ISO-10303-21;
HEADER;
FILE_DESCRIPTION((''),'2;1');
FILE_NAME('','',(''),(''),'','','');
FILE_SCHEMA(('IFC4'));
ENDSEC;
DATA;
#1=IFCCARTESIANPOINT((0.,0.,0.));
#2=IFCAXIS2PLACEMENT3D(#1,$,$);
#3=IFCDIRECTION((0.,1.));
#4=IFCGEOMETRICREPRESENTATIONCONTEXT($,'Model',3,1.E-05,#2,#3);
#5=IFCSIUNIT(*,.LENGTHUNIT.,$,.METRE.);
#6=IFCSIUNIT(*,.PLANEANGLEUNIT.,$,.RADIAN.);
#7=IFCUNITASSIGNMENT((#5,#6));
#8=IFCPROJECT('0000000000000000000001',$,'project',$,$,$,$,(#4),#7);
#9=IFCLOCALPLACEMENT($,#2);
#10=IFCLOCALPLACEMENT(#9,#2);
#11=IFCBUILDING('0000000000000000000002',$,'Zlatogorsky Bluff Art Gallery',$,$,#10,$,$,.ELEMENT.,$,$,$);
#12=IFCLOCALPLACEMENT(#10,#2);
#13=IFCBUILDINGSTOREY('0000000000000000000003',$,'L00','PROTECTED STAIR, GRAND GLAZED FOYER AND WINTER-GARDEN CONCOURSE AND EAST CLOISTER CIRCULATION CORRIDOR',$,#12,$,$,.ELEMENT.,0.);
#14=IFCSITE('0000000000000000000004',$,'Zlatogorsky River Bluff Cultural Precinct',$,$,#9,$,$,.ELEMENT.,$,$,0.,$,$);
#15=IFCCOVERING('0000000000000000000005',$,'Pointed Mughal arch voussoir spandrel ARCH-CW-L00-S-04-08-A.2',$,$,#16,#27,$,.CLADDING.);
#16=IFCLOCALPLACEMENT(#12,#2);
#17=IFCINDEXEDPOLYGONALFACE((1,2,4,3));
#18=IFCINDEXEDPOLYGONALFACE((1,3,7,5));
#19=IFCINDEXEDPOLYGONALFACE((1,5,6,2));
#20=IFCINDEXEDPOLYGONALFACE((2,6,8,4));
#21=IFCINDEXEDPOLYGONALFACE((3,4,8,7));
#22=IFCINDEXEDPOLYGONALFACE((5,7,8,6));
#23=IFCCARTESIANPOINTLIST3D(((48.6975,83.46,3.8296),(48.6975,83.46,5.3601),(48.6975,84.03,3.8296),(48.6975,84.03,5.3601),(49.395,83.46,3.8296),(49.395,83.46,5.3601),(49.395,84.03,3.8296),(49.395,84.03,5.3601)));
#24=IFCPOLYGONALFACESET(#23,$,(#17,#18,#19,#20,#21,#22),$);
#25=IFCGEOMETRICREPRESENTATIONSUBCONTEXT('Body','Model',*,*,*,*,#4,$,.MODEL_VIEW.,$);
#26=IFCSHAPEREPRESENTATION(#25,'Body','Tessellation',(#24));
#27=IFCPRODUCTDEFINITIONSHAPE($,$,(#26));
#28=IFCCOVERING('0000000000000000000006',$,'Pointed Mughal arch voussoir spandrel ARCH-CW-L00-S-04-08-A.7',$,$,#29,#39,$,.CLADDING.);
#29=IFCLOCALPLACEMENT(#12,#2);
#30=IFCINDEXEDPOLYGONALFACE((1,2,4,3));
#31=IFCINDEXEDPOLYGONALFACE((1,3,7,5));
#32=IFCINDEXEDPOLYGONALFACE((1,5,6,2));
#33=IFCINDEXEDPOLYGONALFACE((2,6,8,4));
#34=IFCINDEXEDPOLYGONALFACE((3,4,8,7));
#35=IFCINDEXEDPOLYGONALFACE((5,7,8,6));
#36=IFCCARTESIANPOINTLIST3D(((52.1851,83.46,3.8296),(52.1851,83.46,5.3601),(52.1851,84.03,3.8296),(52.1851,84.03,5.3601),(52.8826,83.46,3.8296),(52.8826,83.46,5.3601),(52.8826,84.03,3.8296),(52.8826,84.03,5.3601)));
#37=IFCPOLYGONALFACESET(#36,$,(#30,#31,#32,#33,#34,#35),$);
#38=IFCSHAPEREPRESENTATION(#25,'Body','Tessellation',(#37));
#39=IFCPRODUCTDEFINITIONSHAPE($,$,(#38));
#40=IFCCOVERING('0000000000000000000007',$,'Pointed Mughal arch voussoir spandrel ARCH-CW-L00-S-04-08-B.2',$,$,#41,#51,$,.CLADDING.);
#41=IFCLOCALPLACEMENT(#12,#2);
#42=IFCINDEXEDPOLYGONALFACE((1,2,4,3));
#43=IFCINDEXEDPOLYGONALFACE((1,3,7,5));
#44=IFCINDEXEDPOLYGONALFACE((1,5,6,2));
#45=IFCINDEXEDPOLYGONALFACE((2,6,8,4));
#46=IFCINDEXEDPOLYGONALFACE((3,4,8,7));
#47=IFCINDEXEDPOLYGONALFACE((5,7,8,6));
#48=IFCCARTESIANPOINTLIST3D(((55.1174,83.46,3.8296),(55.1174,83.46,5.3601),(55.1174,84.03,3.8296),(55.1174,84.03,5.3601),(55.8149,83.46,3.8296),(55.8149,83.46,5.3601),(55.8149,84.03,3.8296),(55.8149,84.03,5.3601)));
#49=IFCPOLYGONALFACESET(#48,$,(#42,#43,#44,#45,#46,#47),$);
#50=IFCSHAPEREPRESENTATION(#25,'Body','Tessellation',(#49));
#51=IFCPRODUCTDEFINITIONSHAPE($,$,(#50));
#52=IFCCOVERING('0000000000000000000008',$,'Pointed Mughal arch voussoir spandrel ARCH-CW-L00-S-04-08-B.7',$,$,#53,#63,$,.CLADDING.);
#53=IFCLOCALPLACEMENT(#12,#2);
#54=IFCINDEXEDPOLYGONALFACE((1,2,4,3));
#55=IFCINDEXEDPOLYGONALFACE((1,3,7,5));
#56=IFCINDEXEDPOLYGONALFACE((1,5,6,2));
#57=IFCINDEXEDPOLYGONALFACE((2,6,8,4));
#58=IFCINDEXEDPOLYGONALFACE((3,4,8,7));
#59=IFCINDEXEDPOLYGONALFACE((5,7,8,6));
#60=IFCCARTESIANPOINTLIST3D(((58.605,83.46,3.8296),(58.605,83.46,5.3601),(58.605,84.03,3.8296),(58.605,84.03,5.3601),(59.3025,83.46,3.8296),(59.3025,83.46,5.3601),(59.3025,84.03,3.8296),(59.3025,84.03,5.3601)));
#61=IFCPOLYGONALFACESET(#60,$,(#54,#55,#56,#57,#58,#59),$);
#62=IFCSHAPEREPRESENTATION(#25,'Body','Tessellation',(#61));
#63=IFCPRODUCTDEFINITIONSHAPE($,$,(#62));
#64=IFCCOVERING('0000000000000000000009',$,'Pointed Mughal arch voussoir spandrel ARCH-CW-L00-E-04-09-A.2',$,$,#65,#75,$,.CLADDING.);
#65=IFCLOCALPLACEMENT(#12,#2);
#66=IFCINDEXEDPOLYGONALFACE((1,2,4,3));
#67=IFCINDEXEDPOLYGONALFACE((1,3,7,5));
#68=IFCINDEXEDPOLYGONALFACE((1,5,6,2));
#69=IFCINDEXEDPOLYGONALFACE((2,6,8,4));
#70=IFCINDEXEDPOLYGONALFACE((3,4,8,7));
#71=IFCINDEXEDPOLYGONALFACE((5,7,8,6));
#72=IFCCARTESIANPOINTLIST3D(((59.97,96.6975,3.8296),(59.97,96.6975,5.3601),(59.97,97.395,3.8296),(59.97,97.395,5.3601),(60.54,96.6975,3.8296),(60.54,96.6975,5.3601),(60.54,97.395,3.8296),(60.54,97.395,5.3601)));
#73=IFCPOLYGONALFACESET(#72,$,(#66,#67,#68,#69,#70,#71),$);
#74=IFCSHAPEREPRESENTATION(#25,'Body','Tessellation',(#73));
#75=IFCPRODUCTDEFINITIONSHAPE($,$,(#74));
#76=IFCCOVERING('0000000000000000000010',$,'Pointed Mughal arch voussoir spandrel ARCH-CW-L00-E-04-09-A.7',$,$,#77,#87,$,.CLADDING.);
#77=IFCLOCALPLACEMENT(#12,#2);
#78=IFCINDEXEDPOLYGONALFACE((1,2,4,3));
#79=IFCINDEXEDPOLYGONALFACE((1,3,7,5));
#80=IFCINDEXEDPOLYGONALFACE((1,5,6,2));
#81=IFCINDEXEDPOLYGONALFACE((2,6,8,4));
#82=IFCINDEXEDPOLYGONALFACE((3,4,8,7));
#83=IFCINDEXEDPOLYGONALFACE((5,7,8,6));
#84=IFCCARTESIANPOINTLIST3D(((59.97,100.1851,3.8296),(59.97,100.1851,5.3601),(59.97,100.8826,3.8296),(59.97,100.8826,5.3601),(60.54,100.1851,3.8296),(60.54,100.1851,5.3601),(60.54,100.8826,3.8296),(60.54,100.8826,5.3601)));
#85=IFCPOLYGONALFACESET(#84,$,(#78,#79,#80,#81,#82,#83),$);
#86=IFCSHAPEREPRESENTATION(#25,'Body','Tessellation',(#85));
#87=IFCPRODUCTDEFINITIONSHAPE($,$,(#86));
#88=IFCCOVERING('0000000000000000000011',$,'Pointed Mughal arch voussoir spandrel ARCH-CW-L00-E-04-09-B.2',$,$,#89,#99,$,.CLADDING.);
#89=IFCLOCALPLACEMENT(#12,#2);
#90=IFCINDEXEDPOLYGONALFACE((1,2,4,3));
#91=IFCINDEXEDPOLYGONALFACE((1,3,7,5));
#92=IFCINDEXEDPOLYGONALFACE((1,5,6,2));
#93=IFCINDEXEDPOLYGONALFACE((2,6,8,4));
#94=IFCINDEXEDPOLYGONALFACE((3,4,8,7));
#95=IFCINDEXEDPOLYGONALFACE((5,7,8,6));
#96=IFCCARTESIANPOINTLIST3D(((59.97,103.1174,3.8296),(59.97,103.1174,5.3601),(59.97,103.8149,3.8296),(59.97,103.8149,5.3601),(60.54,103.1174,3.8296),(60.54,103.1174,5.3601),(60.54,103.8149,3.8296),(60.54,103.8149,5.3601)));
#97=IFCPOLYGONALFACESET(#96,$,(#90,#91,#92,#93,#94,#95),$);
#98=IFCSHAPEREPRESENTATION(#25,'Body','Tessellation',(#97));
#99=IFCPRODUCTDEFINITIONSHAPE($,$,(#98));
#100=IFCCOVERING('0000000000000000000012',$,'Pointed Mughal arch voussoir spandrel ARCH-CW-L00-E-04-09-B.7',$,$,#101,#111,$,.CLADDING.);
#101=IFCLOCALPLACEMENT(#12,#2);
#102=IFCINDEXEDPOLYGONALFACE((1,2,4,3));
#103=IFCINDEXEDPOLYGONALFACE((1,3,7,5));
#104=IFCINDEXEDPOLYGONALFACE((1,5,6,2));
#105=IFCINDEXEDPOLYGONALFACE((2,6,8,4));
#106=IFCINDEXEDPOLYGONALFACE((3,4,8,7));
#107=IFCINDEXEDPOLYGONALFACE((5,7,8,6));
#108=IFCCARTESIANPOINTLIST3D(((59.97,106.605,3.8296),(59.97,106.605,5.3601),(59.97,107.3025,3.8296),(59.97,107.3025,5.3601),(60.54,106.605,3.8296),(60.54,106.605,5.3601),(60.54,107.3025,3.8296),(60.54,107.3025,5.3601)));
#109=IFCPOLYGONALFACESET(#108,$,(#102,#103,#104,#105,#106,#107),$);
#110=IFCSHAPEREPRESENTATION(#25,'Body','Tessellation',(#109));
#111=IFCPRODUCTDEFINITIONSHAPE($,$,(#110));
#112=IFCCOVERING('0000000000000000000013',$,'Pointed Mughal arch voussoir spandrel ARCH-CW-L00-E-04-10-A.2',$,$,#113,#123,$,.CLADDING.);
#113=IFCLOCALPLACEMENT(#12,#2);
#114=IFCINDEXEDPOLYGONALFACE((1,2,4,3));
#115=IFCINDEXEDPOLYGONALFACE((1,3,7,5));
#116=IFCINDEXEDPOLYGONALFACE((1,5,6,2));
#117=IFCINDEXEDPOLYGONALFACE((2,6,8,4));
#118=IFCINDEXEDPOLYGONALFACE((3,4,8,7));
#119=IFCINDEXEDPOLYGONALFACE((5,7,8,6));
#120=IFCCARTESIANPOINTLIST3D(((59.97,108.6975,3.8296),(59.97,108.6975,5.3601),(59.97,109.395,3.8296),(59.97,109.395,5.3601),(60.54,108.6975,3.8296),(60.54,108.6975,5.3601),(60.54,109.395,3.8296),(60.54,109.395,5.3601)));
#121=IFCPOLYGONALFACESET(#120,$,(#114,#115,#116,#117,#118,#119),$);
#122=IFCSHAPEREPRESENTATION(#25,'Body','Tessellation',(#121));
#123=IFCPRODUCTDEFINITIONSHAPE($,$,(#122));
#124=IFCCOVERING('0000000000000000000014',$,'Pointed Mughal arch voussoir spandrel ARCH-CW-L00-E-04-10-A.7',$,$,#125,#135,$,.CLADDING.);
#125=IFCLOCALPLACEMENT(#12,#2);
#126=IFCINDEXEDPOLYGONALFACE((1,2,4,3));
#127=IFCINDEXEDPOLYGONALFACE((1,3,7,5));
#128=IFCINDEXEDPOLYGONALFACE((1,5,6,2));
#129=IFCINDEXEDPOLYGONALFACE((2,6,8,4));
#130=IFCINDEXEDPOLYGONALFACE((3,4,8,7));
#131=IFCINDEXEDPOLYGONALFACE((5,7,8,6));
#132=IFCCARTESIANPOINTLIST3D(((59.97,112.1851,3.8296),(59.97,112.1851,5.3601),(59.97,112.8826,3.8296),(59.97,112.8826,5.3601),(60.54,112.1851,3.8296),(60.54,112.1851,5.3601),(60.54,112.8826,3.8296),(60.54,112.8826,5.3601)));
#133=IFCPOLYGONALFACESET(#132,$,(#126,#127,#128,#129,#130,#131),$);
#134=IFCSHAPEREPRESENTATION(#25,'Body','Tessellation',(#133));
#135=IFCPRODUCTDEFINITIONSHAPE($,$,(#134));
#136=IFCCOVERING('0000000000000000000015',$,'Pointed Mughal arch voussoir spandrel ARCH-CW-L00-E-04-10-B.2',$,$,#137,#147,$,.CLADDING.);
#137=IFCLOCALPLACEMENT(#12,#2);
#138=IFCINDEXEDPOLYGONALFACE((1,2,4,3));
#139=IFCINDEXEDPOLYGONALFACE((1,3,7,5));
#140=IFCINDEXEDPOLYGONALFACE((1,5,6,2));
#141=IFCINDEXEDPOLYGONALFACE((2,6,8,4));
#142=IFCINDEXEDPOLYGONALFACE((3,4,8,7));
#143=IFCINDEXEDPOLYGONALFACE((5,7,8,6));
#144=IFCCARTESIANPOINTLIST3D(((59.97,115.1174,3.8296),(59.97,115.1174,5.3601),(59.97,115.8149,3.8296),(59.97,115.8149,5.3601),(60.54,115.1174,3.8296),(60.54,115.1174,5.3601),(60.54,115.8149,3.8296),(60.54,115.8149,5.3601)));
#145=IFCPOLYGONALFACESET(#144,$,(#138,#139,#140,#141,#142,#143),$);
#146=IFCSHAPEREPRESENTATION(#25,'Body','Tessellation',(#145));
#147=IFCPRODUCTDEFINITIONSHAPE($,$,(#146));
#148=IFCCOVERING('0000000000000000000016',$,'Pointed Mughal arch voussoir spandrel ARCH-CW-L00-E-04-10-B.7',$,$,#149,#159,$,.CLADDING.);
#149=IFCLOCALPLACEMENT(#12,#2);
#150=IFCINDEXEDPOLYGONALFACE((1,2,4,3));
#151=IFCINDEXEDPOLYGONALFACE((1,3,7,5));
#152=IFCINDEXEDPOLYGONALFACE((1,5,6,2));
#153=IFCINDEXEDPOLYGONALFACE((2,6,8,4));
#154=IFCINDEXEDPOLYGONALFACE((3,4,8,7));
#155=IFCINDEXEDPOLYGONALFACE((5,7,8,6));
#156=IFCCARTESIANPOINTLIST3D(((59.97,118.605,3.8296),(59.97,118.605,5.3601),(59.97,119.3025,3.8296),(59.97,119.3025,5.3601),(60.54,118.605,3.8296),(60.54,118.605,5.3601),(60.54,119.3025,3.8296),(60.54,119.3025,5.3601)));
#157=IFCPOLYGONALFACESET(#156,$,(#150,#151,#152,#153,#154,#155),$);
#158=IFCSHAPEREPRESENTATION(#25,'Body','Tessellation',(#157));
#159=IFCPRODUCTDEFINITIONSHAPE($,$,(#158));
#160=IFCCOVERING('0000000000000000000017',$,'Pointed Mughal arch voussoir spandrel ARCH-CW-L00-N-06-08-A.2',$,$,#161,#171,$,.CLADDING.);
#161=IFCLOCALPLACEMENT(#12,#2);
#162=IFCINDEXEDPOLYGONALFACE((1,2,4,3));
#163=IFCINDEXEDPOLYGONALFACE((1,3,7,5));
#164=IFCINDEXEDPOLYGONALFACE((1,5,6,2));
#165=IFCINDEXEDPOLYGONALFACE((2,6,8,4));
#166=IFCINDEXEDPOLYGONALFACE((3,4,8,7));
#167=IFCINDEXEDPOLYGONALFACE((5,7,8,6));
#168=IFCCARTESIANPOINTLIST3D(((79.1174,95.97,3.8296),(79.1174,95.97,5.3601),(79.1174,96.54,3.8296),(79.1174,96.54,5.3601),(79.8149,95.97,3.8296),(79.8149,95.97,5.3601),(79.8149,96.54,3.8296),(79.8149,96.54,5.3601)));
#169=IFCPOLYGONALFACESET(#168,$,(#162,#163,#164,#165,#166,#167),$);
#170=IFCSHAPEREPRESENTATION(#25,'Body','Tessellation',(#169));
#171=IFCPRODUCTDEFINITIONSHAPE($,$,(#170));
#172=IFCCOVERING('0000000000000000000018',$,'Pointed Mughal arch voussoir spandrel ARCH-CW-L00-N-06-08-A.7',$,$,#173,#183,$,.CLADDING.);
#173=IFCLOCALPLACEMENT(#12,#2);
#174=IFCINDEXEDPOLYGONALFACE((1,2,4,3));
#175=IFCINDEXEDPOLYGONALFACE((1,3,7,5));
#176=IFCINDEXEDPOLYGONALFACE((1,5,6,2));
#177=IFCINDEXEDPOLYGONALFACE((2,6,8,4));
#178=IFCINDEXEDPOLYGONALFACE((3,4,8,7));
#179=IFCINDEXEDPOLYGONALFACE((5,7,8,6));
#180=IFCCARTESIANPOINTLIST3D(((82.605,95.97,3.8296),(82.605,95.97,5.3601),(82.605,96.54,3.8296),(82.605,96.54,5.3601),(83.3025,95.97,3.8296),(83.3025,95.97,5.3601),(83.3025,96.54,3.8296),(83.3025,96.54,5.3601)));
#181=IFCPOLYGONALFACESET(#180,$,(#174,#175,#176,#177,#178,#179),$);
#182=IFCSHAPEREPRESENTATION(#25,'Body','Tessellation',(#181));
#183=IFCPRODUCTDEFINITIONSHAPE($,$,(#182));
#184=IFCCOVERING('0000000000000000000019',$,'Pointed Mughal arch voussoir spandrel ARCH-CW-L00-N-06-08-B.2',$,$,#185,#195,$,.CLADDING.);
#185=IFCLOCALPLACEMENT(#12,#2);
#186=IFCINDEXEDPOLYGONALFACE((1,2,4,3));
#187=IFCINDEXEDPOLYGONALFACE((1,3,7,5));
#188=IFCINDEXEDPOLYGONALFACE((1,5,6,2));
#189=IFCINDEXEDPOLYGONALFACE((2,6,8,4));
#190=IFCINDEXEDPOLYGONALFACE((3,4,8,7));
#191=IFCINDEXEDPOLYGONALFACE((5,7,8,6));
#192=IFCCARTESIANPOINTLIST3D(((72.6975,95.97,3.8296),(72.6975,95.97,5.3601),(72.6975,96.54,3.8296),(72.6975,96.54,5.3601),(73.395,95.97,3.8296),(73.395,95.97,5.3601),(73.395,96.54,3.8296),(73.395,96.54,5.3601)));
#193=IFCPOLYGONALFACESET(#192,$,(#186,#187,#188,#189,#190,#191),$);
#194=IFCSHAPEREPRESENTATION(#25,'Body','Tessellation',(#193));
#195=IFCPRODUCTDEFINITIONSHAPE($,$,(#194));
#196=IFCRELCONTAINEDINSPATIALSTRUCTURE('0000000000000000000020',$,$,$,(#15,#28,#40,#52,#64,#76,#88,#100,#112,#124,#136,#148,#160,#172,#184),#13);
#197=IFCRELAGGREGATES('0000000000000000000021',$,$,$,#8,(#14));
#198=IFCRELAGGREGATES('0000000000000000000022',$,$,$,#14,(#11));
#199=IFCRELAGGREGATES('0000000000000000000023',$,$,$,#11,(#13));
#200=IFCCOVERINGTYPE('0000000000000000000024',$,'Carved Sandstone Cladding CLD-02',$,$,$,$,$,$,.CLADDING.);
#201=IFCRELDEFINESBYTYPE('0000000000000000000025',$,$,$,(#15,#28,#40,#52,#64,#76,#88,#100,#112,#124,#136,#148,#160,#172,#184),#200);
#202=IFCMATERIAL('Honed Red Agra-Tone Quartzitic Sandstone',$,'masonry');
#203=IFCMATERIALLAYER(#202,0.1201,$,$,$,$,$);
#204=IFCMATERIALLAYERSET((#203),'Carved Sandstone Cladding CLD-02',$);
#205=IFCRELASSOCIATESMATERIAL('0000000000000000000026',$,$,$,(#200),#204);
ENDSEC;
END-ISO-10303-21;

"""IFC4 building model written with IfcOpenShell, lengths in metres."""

from ifc_helpers import new_model, si_unit, direction, frame, origin, place, context, subcontext, project, spatial, polyline, outline, extrude, material, layer, layer_set, type_object, element, save


model = new_model("IFC4")

# Units and contexts
model_context = context("Model", 3, precision=1e-05, world=origin(), true_north=direction((0.0, 1.0)))
body_context = subcontext(model_context, "Body", "Model", "MODEL_VIEW")
ifc_project = project(units=[si_unit("LENGTHUNIT", "METRE"), si_unit("PLANEANGLEUNIT", "RADIAN")], contexts=[model_context])

# Site, building, storey
site_placement = place(None, origin())
site = spatial("IfcSite", under=ifc_project, at=site_placement, Name="Zlatogorsky River Bluff Cultural Precinct", CompositionType="ELEMENT", RefElevation=0.0)
building_placement = place(site_placement, origin())
building = spatial("IfcBuilding", under=site, at=building_placement, Name="Zlatogorsky Bluff Art Gallery", CompositionType="ELEMENT")
storey_placement = place(building_placement, origin())
storey = spatial("IfcBuildingStorey", under=building, at=storey_placement, Name="L00", Description="PROTECTED STAIR, GRAND GLAZED FOYER AND WINTER-GARDEN CONCOURSE AND EAST CLOISTER CIRCULATION CORRIDOR", CompositionType="ELEMENT", Elevation=0.0)

# Coverings
ifc_material = material(Name="Honed Red Agra-Tone Quartzitic Sandstone", Category="masonry")
ifc_layer = layer(ifc_material, 0.1201)
ifc_layer_set = layer_set([ifc_layer], Name="Carved Sandstone Cladding CLD-02")
covering_type = type_object("IfcCoveringType", Name="Carved Sandstone Cladding CLD-02", PredefinedType="CLADDING", material=ifc_layer_set)
covering_1_placement = place(storey_placement, frame((0.0, 0.0, 3.8296)))
element("IfcCovering", 1, at=covering_1_placement, inside=storey, type_object=covering_type, Name="Pointed Mughal arch voussoir spandrel ARCH-CW-L00-S-04-08-A.2", PredefinedType="CLADDING", context=body_context, shape_type="SweptSolid", body=[
    extrude(outline(polyline([(48.6975, 83.46), (49.395, 83.46), (49.395, 84.03), (48.6975, 84.03), (48.6975, 83.46)])), origin(), (0.0, 0.0, 1.0), 1.5305),
])
covering_2_placement = place(storey_placement, frame((0.0, 0.0, 3.8296)))
element("IfcCovering", 2, at=covering_2_placement, inside=storey, type_object=covering_type, Name="Pointed Mughal arch voussoir spandrel ARCH-CW-L00-S-04-08-A.7", PredefinedType="CLADDING", context=body_context, shape_type="SweptSolid", body=[
    extrude(outline(polyline([(52.1851, 83.46), (52.8826, 83.46), (52.8826, 84.03), (52.1851, 84.03), (52.1851, 83.46)])), origin(), (0.0, 0.0, 1.0), 1.5305),
])
covering_3_placement = place(storey_placement, frame((0.0, 0.0, 3.8296)))
element("IfcCovering", 3, at=covering_3_placement, inside=storey, type_object=covering_type, Name="Pointed Mughal arch voussoir spandrel ARCH-CW-L00-S-04-08-B.2", PredefinedType="CLADDING", context=body_context, shape_type="SweptSolid", body=[
    extrude(outline(polyline([(55.1174, 83.46), (55.8149, 83.46), (55.8149, 84.03), (55.1174, 84.03), (55.1174, 83.46)])), origin(), (0.0, 0.0, 1.0), 1.5305),
])
covering_4_placement = place(storey_placement, frame((0.0, 0.0, 3.8296)))
element("IfcCovering", 4, at=covering_4_placement, inside=storey, type_object=covering_type, Name="Pointed Mughal arch voussoir spandrel ARCH-CW-L00-S-04-08-B.7", PredefinedType="CLADDING", context=body_context, shape_type="SweptSolid", body=[
    extrude(outline(polyline([(58.605, 83.46), (59.3025, 83.46), (59.3025, 84.03), (58.605, 84.03), (58.605, 83.46)])), origin(), (0.0, 0.0, 1.0), 1.5305),
])
covering_5_placement = place(storey_placement, frame((0.0, 0.0, 3.8296)))
element("IfcCovering", 5, at=covering_5_placement, inside=storey, type_object=covering_type, Name="Pointed Mughal arch voussoir spandrel ARCH-CW-L00-E-04-09-A.2", PredefinedType="CLADDING", context=body_context, shape_type="SweptSolid", body=[
    extrude(outline(polyline([(59.97, 96.6975), (59.97, 97.395), (60.54, 97.395), (60.54, 96.6975), (59.97, 96.6975)])), origin(), (0.0, 0.0, 1.0), 1.5305),
])
covering_6_placement = place(storey_placement, frame((0.0, 0.0, 3.8296)))
element("IfcCovering", 6, at=covering_6_placement, inside=storey, type_object=covering_type, Name="Pointed Mughal arch voussoir spandrel ARCH-CW-L00-E-04-09-A.7", PredefinedType="CLADDING", context=body_context, shape_type="SweptSolid", body=[
    extrude(outline(polyline([(59.97, 100.1851), (59.97, 100.8826), (60.54, 100.8826), (60.54, 100.1851), (59.97, 100.1851)])), origin(), (0.0, 0.0, 1.0), 1.5305),
])
covering_7_placement = place(storey_placement, frame((0.0, 0.0, 3.8296)))
element("IfcCovering", 7, at=covering_7_placement, inside=storey, type_object=covering_type, Name="Pointed Mughal arch voussoir spandrel ARCH-CW-L00-E-04-09-B.2", PredefinedType="CLADDING", context=body_context, shape_type="SweptSolid", body=[
    extrude(outline(polyline([(59.97, 103.1174), (59.97, 103.8149), (60.54, 103.8149), (60.54, 103.1174), (59.97, 103.1174)])), origin(), (0.0, 0.0, 1.0), 1.5305),
])
covering_8_placement = place(storey_placement, frame((0.0, 0.0, 3.8296)))
element("IfcCovering", 8, at=covering_8_placement, inside=storey, type_object=covering_type, Name="Pointed Mughal arch voussoir spandrel ARCH-CW-L00-E-04-09-B.7", PredefinedType="CLADDING", context=body_context, shape_type="SweptSolid", body=[
    extrude(outline(polyline([(59.97, 106.605), (59.97, 107.3025), (60.54, 107.3025), (60.54, 106.605), (59.97, 106.605)])), origin(), (0.0, 0.0, 1.0), 1.5305),
])
covering_9_placement = place(storey_placement, frame((0.0, 0.0, 3.8296)))
element("IfcCovering", 9, at=covering_9_placement, inside=storey, type_object=covering_type, Name="Pointed Mughal arch voussoir spandrel ARCH-CW-L00-E-04-10-A.2", PredefinedType="CLADDING", context=body_context, shape_type="SweptSolid", body=[
    extrude(outline(polyline([(59.97, 108.6975), (59.97, 109.395), (60.54, 109.395), (60.54, 108.6975), (59.97, 108.6975)])), origin(), (0.0, 0.0, 1.0), 1.5305),
])
covering_10_placement = place(storey_placement, frame((0.0, 0.0, 3.8296)))
element("IfcCovering", 10, at=covering_10_placement, inside=storey, type_object=covering_type, Name="Pointed Mughal arch voussoir spandrel ARCH-CW-L00-E-04-10-A.7", PredefinedType="CLADDING", context=body_context, shape_type="SweptSolid", body=[
    extrude(outline(polyline([(59.97, 112.1851), (59.97, 112.8826), (60.54, 112.8826), (60.54, 112.1851), (59.97, 112.1851)])), origin(), (0.0, 0.0, 1.0), 1.5305),
])
covering_11_placement = place(storey_placement, frame((0.0, 0.0, 3.8296)))
element("IfcCovering", 11, at=covering_11_placement, inside=storey, type_object=covering_type, Name="Pointed Mughal arch voussoir spandrel ARCH-CW-L00-E-04-10-B.2", PredefinedType="CLADDING", context=body_context, shape_type="SweptSolid", body=[
    extrude(outline(polyline([(59.97, 115.1174), (59.97, 115.8149), (60.54, 115.8149), (60.54, 115.1174), (59.97, 115.1174)])), origin(), (0.0, 0.0, 1.0), 1.5305),
])
covering_12_placement = place(storey_placement, frame((0.0, 0.0, 3.8296)))
element("IfcCovering", 12, at=covering_12_placement, inside=storey, type_object=covering_type, Name="Pointed Mughal arch voussoir spandrel ARCH-CW-L00-E-04-10-B.7", PredefinedType="CLADDING", context=body_context, shape_type="SweptSolid", body=[
    extrude(outline(polyline([(59.97, 118.605), (59.97, 119.3025), (60.54, 119.3025), (60.54, 118.605), (59.97, 118.605)])), origin(), (0.0, 0.0, 1.0), 1.5305),
])
covering_13_placement = place(storey_placement, frame((0.0, 0.0, 3.8296)))
element("IfcCovering", 13, at=covering_13_placement, inside=storey, type_object=covering_type, Name="Pointed Mughal arch voussoir spandrel ARCH-CW-L00-N-06-08-A.2", PredefinedType="CLADDING", context=body_context, shape_type="SweptSolid", body=[
    extrude(outline(polyline([(79.1174, 95.97), (79.8149, 95.97), (79.8149, 96.54), (79.1174, 96.54), (79.1174, 95.97)])), origin(), (0.0, 0.0, 1.0), 1.5305),
])
covering_14_placement = place(storey_placement, frame((0.0, 0.0, 3.8296)))
element("IfcCovering", 14, at=covering_14_placement, inside=storey, type_object=covering_type, Name="Pointed Mughal arch voussoir spandrel ARCH-CW-L00-N-06-08-A.7", PredefinedType="CLADDING", context=body_context, shape_type="SweptSolid", body=[
    extrude(outline(polyline([(82.605, 95.97), (83.3025, 95.97), (83.3025, 96.54), (82.605, 96.54), (82.605, 95.97)])), origin(), (0.0, 0.0, 1.0), 1.5305),
])
covering_15_placement = place(storey_placement, frame((0.0, 0.0, 3.8296)))
element("IfcCovering", 15, at=covering_15_placement, inside=storey, type_object=covering_type, Name="Pointed Mughal arch voussoir spandrel ARCH-CW-L00-N-06-08-B.2", PredefinedType="CLADDING", context=body_context, shape_type="SweptSolid", body=[
    extrude(outline(polyline([(72.6975, 95.97), (73.395, 95.97), (73.395, 96.54), (72.6975, 96.54), (72.6975, 95.97)])), origin(), (0.0, 0.0, 1.0), 1.5305),
])

save(model, "model.ifc")
